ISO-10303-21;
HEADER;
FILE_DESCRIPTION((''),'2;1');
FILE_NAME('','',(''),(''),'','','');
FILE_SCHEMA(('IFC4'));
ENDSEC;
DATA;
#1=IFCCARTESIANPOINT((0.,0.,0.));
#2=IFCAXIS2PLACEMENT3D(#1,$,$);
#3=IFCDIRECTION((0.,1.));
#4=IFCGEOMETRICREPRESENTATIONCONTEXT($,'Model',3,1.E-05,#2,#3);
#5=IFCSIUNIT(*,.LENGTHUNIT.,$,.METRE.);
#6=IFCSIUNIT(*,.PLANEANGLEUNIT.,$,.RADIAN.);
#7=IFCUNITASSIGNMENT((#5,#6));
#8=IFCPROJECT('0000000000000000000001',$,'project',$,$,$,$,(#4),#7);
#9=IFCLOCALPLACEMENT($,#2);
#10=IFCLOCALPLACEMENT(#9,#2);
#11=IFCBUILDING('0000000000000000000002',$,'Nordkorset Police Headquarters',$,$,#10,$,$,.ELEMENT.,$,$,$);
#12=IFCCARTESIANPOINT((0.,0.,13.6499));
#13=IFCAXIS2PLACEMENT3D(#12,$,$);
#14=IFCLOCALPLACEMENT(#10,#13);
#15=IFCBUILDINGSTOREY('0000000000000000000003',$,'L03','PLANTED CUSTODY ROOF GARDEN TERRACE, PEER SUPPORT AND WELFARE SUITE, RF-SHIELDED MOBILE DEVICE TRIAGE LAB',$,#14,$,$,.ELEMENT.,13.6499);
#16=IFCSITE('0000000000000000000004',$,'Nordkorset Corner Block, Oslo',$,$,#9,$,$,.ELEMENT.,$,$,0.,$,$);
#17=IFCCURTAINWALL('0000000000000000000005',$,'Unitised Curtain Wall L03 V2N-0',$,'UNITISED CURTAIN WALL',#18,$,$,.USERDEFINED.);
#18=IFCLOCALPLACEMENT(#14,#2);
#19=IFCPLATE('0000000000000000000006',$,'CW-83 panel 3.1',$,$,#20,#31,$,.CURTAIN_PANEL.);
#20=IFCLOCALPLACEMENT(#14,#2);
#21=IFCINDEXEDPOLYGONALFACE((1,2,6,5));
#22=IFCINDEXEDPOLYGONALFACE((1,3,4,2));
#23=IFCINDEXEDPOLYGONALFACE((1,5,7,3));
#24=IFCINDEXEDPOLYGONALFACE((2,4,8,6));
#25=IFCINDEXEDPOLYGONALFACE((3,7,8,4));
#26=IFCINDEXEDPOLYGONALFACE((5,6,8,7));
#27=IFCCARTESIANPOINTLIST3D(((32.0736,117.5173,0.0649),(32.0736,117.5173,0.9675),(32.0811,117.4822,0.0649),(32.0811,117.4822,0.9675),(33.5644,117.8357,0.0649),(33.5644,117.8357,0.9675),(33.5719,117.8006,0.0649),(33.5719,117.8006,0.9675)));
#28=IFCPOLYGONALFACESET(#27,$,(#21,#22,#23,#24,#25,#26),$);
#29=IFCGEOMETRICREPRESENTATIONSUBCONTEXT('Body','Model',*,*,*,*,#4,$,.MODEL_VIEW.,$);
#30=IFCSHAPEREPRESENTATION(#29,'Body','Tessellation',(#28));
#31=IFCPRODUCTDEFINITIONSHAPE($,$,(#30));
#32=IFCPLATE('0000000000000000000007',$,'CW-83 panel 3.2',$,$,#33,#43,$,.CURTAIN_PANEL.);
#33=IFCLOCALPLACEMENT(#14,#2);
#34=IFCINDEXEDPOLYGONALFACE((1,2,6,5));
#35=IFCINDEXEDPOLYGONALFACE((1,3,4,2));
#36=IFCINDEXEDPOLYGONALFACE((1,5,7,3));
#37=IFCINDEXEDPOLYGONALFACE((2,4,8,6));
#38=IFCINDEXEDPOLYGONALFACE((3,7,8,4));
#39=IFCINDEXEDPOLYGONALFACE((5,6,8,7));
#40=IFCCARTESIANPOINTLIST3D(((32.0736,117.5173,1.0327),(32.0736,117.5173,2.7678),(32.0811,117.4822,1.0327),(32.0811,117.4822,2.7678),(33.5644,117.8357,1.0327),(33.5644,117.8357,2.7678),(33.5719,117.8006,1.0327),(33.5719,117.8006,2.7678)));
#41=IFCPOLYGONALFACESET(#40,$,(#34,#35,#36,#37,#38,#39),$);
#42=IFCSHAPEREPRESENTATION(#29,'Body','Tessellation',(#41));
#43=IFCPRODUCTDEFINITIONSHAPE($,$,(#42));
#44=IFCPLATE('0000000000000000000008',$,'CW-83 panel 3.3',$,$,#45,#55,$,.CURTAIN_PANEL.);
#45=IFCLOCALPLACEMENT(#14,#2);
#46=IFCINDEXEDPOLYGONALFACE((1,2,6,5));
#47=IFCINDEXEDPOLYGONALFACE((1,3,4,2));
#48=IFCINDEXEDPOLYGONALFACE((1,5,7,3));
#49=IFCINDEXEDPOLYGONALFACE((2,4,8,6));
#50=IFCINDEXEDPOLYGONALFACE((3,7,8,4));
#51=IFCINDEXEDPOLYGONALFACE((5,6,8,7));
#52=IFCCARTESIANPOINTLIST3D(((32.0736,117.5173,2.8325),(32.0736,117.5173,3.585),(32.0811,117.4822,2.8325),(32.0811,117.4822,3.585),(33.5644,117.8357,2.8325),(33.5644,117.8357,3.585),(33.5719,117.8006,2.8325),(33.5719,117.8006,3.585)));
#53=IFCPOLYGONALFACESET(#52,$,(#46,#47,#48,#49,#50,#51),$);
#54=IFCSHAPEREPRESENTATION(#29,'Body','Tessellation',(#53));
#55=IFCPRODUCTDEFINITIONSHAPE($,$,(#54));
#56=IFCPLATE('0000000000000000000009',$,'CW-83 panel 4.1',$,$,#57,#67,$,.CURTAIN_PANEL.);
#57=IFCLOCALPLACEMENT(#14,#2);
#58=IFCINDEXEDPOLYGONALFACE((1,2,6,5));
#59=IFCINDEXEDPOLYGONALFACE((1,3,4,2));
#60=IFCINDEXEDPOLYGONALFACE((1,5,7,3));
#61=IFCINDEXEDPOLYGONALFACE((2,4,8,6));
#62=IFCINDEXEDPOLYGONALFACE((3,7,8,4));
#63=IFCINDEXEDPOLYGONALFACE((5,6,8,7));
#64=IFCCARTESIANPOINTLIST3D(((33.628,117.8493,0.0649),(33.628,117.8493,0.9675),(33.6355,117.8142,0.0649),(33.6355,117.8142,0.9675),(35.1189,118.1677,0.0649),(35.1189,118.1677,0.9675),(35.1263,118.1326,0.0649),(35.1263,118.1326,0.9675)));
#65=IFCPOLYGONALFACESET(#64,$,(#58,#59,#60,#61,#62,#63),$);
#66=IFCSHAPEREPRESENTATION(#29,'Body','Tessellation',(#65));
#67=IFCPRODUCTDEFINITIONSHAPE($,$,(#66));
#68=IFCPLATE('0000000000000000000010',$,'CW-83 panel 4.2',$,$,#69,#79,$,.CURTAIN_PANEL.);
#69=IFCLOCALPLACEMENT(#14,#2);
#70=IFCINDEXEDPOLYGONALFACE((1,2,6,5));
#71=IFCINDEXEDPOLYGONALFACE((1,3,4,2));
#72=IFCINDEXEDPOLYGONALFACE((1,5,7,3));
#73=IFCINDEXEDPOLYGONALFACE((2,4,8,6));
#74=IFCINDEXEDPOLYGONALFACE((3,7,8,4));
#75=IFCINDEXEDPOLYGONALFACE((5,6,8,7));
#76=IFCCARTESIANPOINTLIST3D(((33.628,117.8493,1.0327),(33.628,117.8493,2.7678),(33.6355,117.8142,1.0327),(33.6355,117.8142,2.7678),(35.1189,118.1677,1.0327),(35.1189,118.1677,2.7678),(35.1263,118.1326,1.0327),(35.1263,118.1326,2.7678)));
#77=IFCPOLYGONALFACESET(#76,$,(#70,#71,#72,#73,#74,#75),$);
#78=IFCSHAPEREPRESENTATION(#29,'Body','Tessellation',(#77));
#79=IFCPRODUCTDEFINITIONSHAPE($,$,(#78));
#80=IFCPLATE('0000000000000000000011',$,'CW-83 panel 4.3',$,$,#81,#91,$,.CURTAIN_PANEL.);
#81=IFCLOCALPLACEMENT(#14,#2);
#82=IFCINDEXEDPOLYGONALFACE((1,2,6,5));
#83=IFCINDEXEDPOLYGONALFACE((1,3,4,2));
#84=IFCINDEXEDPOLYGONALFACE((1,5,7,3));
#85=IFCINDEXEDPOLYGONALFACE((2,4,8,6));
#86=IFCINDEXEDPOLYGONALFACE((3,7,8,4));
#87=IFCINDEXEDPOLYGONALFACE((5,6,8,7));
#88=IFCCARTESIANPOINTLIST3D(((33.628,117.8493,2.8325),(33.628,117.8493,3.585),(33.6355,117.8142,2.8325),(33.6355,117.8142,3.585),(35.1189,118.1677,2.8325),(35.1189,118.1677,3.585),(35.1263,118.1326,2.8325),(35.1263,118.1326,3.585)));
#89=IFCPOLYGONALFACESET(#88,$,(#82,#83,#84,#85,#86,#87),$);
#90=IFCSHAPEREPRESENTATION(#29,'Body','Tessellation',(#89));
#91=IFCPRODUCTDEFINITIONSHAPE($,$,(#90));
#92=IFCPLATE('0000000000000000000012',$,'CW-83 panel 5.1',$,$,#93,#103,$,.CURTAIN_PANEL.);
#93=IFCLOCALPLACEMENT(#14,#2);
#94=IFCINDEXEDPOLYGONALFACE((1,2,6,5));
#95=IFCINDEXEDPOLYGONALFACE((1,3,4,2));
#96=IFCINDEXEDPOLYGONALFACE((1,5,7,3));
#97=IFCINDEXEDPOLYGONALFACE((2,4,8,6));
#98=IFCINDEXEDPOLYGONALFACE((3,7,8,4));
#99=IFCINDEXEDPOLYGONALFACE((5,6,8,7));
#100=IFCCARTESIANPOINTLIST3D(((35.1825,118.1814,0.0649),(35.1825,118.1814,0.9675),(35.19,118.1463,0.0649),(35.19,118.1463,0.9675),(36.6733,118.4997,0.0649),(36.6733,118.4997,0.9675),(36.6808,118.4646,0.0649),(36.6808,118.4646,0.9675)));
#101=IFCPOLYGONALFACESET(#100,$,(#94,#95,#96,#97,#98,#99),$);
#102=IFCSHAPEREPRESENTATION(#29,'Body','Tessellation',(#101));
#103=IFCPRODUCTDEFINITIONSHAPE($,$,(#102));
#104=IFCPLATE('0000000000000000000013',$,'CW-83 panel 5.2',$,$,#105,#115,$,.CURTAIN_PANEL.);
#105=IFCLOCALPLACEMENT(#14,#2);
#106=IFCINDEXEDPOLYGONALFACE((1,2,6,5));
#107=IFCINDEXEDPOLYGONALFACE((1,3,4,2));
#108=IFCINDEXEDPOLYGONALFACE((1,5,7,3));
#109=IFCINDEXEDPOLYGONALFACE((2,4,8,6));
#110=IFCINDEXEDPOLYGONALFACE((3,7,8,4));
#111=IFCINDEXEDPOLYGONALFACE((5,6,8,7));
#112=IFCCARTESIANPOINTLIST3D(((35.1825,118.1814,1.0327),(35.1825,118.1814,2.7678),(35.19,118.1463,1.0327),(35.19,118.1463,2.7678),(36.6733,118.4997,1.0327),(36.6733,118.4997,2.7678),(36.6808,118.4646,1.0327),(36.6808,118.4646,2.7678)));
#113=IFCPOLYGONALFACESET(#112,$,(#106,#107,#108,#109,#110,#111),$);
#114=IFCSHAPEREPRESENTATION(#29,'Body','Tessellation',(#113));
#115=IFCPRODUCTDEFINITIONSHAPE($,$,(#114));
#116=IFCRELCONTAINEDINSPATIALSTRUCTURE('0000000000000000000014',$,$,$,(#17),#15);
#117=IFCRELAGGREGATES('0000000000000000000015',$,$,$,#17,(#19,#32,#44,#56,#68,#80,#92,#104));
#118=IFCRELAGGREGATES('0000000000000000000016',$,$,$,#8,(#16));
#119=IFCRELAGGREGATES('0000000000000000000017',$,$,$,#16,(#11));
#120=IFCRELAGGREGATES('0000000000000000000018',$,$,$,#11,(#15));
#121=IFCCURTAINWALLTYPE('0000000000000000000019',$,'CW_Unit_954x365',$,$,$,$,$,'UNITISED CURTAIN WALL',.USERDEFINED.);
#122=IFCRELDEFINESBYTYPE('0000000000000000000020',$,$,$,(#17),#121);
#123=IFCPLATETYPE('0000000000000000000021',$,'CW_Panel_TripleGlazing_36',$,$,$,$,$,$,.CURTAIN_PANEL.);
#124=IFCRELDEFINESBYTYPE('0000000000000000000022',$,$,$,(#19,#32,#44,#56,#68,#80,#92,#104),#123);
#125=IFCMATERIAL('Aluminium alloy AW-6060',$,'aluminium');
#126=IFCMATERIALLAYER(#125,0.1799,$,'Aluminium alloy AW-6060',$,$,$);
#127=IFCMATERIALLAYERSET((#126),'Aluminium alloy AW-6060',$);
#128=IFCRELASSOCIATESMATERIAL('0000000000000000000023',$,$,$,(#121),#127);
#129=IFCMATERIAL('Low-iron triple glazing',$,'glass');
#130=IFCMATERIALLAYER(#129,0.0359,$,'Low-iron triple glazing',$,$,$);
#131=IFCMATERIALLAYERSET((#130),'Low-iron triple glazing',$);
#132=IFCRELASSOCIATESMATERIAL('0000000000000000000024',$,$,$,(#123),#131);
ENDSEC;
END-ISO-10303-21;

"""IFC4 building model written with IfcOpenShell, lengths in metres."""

from ifc_helpers import new_model, si_unit, direction, frame, origin, origin_2d, place, context, subcontext, project, spatial, rectangle, extrude, material, layer, layer_set, type_object, element, aggregate, save


model = new_model("IFC4")

# Units and contexts
model_context = context("Model", 3, precision=1e-05, world=origin(), true_north=direction((0.0, 1.0)))
body_context = subcontext(model_context, "Body", "Model", "MODEL_VIEW")
ifc_project = project(units=[si_unit("LENGTHUNIT", "METRE"), si_unit("PLANEANGLEUNIT", "RADIAN")], contexts=[model_context])

# Site, building, storey
site_placement = place(None, origin())
site = spatial("IfcSite", under=ifc_project, at=site_placement, Name="Nordkorset Corner Block, Oslo", CompositionType="ELEMENT", RefElevation=0.0)
building_placement = place(site_placement, origin())
building = spatial("IfcBuilding", under=site, at=building_placement, Name="Nordkorset Police Headquarters", CompositionType="ELEMENT")
storey_placement = place(building_placement, frame((0.0, 0.0, 13.6499)))
storey = spatial("IfcBuildingStorey", under=building, at=storey_placement, Name="L03", Description="PLANTED CUSTODY ROOF GARDEN TERRACE, PEER SUPPORT AND WELFARE SUITE, RF-SHIELDED MOBILE DEVICE TRIAGE LAB", CompositionType="ELEMENT", Elevation=13.6499)

# Curtain wall, plates
ifc_material_1 = material(Name="Aluminium alloy AW-6060", Category="aluminium")
ifc_layer_1 = layer(ifc_material_1, 0.1799, Name="Aluminium alloy AW-6060")
ifc_layer_set_1 = layer_set([ifc_layer_1], Name="Aluminium alloy AW-6060")
curtain_wall_type = type_object("IfcCurtainWallType", Name="CW_Unit_954x365", ElementType="UNITISED CURTAIN WALL", PredefinedType="USERDEFINED", material=ifc_layer_set_1)
curtain_wall_placement = place(storey_placement, origin())
curtain_wall = element("IfcCurtainWall", 1, at=curtain_wall_placement, inside=storey, type_object=curtain_wall_type, Name="Unitised Curtain Wall L03 V2N-0", ObjectType="UNITISED CURTAIN WALL", PredefinedType="USERDEFINED")
ifc_material_2 = material(Name="Low-iron triple glazing", Category="glass")
ifc_layer_2 = layer(ifc_material_2, 0.0359, Name="Low-iron triple glazing")
ifc_layer_set_2 = layer_set([ifc_layer_2], Name="Low-iron triple glazing")
plate_type = type_object("IfcPlateType", Name="CW_Panel_TripleGlazing_36", PredefinedType="CURTAIN_PANEL", material=ifc_layer_set_2)
plate_1_placement = place(storey_placement, frame((32.8228, 117.6589, 0.0649), z_axis=(0.0, 0.0, 1.0), x_axis=(0.977951, 0.208833, 0.0)))
plate_1 = element("IfcPlate", 2, at=plate_1_placement, type_object=plate_type, Name="CW-83 panel 3.1", PredefinedType="CURTAIN_PANEL", context=body_context, shape_type="SweptSolid", body=[
    extrude(rectangle(XDim=1.5244, YDim=0.0359, at=origin_2d()), origin(), (0.0, 0.0, 1.0), 0.9026),
])
plate_2_placement = place(storey_placement, frame((32.8228, 117.6589, 1.0327), z_axis=(0.0, 0.0, 1.0), x_axis=(0.977951, 0.208833, 0.0)))
plate_2 = element("IfcPlate", 3, at=plate_2_placement, type_object=plate_type, Name="CW-83 panel 3.2", PredefinedType="CURTAIN_PANEL", context=body_context, shape_type="SweptSolid", body=[
    extrude(rectangle(XDim=1.5244, YDim=0.0359, at=origin_2d()), origin(), (0.0, 0.0, 1.0), 1.7351),
])
plate_3_placement = place(storey_placement, frame((32.8228, 117.6589, 2.8325), z_axis=(0.0, 0.0, 1.0), x_axis=(0.977951, 0.208833, 0.0)))
plate_3 = element("IfcPlate", 4, at=plate_3_placement, type_object=plate_type, Name="CW-83 panel 3.3", PredefinedType="CURTAIN_PANEL", context=body_context, shape_type="SweptSolid", body=[
    extrude(rectangle(XDim=1.5244, YDim=0.0359, at=origin_2d()), origin(), (0.0, 0.0, 1.0), 0.7524),
])
plate_4_placement = place(storey_placement, frame((34.3772, 117.991, 0.0649), z_axis=(0.0, 0.0, 1.0), x_axis=(0.977951, 0.208833, 0.0)))
plate_4 = element("IfcPlate", 5, at=plate_4_placement, type_object=plate_type, Name="CW-83 panel 4.1", PredefinedType="CURTAIN_PANEL", context=body_context, shape_type="SweptSolid", body=[
    extrude(rectangle(XDim=1.5244, YDim=0.0359, at=origin_2d()), origin(), (0.0, 0.0, 1.0), 0.9026),
])
plate_5_placement = place(storey_placement, frame((34.3772, 117.991, 1.0327), z_axis=(0.0, 0.0, 1.0), x_axis=(0.977951, 0.208833, 0.0)))
plate_5 = element("IfcPlate", 6, at=plate_5_placement, type_object=plate_type, Name="CW-83 panel 4.2", PredefinedType="CURTAIN_PANEL", context=body_context, shape_type="SweptSolid", body=[
    extrude(rectangle(XDim=1.5244, YDim=0.0359, at=origin_2d()), origin(), (0.0, 0.0, 1.0), 1.7351),
])
plate_6_placement = place(storey_placement, frame((34.3772, 117.991, 2.8325), z_axis=(0.0, 0.0, 1.0), x_axis=(0.977951, 0.208833, 0.0)))
plate_6 = element("IfcPlate", 7, at=plate_6_placement, type_object=plate_type, Name="CW-83 panel 4.3", PredefinedType="CURTAIN_PANEL", context=body_context, shape_type="SweptSolid", body=[
    extrude(rectangle(XDim=1.5244, YDim=0.0359, at=origin_2d()), origin(), (0.0, 0.0, 1.0), 0.7524),
])
plate_7_placement = place(storey_placement, frame((35.9316, 118.323, 0.0649), z_axis=(0.0, 0.0, 1.0), x_axis=(0.977951, 0.208833, 0.0)))
plate_7 = element("IfcPlate", 8, at=plate_7_placement, type_object=plate_type, Name="CW-83 panel 5.1", PredefinedType="CURTAIN_PANEL", context=body_context, shape_type="SweptSolid", body=[
    extrude(rectangle(XDim=1.5244, YDim=0.0359, at=origin_2d()), origin(), (0.0, 0.0, 1.0), 0.9026),
])
plate_8_placement = place(storey_placement, frame((35.9316, 118.323, 1.0327), z_axis=(0.0, 0.0, 1.0), x_axis=(0.977951, 0.208833, 0.0)))
plate_8 = element("IfcPlate", 9, at=plate_8_placement, type_object=plate_type, Name="CW-83 panel 5.2", PredefinedType="CURTAIN_PANEL", context=body_context, shape_type="SweptSolid", body=[
    extrude(rectangle(XDim=1.5244, YDim=0.0359, at=origin_2d()), origin(), (0.0, 0.0, 1.0), 1.7351),
])
aggregate(curtain_wall, [plate_1, plate_2, plate_3, plate_4, plate_5, plate_6, plate_7, plate_8])

save(model, "model.ifc")
